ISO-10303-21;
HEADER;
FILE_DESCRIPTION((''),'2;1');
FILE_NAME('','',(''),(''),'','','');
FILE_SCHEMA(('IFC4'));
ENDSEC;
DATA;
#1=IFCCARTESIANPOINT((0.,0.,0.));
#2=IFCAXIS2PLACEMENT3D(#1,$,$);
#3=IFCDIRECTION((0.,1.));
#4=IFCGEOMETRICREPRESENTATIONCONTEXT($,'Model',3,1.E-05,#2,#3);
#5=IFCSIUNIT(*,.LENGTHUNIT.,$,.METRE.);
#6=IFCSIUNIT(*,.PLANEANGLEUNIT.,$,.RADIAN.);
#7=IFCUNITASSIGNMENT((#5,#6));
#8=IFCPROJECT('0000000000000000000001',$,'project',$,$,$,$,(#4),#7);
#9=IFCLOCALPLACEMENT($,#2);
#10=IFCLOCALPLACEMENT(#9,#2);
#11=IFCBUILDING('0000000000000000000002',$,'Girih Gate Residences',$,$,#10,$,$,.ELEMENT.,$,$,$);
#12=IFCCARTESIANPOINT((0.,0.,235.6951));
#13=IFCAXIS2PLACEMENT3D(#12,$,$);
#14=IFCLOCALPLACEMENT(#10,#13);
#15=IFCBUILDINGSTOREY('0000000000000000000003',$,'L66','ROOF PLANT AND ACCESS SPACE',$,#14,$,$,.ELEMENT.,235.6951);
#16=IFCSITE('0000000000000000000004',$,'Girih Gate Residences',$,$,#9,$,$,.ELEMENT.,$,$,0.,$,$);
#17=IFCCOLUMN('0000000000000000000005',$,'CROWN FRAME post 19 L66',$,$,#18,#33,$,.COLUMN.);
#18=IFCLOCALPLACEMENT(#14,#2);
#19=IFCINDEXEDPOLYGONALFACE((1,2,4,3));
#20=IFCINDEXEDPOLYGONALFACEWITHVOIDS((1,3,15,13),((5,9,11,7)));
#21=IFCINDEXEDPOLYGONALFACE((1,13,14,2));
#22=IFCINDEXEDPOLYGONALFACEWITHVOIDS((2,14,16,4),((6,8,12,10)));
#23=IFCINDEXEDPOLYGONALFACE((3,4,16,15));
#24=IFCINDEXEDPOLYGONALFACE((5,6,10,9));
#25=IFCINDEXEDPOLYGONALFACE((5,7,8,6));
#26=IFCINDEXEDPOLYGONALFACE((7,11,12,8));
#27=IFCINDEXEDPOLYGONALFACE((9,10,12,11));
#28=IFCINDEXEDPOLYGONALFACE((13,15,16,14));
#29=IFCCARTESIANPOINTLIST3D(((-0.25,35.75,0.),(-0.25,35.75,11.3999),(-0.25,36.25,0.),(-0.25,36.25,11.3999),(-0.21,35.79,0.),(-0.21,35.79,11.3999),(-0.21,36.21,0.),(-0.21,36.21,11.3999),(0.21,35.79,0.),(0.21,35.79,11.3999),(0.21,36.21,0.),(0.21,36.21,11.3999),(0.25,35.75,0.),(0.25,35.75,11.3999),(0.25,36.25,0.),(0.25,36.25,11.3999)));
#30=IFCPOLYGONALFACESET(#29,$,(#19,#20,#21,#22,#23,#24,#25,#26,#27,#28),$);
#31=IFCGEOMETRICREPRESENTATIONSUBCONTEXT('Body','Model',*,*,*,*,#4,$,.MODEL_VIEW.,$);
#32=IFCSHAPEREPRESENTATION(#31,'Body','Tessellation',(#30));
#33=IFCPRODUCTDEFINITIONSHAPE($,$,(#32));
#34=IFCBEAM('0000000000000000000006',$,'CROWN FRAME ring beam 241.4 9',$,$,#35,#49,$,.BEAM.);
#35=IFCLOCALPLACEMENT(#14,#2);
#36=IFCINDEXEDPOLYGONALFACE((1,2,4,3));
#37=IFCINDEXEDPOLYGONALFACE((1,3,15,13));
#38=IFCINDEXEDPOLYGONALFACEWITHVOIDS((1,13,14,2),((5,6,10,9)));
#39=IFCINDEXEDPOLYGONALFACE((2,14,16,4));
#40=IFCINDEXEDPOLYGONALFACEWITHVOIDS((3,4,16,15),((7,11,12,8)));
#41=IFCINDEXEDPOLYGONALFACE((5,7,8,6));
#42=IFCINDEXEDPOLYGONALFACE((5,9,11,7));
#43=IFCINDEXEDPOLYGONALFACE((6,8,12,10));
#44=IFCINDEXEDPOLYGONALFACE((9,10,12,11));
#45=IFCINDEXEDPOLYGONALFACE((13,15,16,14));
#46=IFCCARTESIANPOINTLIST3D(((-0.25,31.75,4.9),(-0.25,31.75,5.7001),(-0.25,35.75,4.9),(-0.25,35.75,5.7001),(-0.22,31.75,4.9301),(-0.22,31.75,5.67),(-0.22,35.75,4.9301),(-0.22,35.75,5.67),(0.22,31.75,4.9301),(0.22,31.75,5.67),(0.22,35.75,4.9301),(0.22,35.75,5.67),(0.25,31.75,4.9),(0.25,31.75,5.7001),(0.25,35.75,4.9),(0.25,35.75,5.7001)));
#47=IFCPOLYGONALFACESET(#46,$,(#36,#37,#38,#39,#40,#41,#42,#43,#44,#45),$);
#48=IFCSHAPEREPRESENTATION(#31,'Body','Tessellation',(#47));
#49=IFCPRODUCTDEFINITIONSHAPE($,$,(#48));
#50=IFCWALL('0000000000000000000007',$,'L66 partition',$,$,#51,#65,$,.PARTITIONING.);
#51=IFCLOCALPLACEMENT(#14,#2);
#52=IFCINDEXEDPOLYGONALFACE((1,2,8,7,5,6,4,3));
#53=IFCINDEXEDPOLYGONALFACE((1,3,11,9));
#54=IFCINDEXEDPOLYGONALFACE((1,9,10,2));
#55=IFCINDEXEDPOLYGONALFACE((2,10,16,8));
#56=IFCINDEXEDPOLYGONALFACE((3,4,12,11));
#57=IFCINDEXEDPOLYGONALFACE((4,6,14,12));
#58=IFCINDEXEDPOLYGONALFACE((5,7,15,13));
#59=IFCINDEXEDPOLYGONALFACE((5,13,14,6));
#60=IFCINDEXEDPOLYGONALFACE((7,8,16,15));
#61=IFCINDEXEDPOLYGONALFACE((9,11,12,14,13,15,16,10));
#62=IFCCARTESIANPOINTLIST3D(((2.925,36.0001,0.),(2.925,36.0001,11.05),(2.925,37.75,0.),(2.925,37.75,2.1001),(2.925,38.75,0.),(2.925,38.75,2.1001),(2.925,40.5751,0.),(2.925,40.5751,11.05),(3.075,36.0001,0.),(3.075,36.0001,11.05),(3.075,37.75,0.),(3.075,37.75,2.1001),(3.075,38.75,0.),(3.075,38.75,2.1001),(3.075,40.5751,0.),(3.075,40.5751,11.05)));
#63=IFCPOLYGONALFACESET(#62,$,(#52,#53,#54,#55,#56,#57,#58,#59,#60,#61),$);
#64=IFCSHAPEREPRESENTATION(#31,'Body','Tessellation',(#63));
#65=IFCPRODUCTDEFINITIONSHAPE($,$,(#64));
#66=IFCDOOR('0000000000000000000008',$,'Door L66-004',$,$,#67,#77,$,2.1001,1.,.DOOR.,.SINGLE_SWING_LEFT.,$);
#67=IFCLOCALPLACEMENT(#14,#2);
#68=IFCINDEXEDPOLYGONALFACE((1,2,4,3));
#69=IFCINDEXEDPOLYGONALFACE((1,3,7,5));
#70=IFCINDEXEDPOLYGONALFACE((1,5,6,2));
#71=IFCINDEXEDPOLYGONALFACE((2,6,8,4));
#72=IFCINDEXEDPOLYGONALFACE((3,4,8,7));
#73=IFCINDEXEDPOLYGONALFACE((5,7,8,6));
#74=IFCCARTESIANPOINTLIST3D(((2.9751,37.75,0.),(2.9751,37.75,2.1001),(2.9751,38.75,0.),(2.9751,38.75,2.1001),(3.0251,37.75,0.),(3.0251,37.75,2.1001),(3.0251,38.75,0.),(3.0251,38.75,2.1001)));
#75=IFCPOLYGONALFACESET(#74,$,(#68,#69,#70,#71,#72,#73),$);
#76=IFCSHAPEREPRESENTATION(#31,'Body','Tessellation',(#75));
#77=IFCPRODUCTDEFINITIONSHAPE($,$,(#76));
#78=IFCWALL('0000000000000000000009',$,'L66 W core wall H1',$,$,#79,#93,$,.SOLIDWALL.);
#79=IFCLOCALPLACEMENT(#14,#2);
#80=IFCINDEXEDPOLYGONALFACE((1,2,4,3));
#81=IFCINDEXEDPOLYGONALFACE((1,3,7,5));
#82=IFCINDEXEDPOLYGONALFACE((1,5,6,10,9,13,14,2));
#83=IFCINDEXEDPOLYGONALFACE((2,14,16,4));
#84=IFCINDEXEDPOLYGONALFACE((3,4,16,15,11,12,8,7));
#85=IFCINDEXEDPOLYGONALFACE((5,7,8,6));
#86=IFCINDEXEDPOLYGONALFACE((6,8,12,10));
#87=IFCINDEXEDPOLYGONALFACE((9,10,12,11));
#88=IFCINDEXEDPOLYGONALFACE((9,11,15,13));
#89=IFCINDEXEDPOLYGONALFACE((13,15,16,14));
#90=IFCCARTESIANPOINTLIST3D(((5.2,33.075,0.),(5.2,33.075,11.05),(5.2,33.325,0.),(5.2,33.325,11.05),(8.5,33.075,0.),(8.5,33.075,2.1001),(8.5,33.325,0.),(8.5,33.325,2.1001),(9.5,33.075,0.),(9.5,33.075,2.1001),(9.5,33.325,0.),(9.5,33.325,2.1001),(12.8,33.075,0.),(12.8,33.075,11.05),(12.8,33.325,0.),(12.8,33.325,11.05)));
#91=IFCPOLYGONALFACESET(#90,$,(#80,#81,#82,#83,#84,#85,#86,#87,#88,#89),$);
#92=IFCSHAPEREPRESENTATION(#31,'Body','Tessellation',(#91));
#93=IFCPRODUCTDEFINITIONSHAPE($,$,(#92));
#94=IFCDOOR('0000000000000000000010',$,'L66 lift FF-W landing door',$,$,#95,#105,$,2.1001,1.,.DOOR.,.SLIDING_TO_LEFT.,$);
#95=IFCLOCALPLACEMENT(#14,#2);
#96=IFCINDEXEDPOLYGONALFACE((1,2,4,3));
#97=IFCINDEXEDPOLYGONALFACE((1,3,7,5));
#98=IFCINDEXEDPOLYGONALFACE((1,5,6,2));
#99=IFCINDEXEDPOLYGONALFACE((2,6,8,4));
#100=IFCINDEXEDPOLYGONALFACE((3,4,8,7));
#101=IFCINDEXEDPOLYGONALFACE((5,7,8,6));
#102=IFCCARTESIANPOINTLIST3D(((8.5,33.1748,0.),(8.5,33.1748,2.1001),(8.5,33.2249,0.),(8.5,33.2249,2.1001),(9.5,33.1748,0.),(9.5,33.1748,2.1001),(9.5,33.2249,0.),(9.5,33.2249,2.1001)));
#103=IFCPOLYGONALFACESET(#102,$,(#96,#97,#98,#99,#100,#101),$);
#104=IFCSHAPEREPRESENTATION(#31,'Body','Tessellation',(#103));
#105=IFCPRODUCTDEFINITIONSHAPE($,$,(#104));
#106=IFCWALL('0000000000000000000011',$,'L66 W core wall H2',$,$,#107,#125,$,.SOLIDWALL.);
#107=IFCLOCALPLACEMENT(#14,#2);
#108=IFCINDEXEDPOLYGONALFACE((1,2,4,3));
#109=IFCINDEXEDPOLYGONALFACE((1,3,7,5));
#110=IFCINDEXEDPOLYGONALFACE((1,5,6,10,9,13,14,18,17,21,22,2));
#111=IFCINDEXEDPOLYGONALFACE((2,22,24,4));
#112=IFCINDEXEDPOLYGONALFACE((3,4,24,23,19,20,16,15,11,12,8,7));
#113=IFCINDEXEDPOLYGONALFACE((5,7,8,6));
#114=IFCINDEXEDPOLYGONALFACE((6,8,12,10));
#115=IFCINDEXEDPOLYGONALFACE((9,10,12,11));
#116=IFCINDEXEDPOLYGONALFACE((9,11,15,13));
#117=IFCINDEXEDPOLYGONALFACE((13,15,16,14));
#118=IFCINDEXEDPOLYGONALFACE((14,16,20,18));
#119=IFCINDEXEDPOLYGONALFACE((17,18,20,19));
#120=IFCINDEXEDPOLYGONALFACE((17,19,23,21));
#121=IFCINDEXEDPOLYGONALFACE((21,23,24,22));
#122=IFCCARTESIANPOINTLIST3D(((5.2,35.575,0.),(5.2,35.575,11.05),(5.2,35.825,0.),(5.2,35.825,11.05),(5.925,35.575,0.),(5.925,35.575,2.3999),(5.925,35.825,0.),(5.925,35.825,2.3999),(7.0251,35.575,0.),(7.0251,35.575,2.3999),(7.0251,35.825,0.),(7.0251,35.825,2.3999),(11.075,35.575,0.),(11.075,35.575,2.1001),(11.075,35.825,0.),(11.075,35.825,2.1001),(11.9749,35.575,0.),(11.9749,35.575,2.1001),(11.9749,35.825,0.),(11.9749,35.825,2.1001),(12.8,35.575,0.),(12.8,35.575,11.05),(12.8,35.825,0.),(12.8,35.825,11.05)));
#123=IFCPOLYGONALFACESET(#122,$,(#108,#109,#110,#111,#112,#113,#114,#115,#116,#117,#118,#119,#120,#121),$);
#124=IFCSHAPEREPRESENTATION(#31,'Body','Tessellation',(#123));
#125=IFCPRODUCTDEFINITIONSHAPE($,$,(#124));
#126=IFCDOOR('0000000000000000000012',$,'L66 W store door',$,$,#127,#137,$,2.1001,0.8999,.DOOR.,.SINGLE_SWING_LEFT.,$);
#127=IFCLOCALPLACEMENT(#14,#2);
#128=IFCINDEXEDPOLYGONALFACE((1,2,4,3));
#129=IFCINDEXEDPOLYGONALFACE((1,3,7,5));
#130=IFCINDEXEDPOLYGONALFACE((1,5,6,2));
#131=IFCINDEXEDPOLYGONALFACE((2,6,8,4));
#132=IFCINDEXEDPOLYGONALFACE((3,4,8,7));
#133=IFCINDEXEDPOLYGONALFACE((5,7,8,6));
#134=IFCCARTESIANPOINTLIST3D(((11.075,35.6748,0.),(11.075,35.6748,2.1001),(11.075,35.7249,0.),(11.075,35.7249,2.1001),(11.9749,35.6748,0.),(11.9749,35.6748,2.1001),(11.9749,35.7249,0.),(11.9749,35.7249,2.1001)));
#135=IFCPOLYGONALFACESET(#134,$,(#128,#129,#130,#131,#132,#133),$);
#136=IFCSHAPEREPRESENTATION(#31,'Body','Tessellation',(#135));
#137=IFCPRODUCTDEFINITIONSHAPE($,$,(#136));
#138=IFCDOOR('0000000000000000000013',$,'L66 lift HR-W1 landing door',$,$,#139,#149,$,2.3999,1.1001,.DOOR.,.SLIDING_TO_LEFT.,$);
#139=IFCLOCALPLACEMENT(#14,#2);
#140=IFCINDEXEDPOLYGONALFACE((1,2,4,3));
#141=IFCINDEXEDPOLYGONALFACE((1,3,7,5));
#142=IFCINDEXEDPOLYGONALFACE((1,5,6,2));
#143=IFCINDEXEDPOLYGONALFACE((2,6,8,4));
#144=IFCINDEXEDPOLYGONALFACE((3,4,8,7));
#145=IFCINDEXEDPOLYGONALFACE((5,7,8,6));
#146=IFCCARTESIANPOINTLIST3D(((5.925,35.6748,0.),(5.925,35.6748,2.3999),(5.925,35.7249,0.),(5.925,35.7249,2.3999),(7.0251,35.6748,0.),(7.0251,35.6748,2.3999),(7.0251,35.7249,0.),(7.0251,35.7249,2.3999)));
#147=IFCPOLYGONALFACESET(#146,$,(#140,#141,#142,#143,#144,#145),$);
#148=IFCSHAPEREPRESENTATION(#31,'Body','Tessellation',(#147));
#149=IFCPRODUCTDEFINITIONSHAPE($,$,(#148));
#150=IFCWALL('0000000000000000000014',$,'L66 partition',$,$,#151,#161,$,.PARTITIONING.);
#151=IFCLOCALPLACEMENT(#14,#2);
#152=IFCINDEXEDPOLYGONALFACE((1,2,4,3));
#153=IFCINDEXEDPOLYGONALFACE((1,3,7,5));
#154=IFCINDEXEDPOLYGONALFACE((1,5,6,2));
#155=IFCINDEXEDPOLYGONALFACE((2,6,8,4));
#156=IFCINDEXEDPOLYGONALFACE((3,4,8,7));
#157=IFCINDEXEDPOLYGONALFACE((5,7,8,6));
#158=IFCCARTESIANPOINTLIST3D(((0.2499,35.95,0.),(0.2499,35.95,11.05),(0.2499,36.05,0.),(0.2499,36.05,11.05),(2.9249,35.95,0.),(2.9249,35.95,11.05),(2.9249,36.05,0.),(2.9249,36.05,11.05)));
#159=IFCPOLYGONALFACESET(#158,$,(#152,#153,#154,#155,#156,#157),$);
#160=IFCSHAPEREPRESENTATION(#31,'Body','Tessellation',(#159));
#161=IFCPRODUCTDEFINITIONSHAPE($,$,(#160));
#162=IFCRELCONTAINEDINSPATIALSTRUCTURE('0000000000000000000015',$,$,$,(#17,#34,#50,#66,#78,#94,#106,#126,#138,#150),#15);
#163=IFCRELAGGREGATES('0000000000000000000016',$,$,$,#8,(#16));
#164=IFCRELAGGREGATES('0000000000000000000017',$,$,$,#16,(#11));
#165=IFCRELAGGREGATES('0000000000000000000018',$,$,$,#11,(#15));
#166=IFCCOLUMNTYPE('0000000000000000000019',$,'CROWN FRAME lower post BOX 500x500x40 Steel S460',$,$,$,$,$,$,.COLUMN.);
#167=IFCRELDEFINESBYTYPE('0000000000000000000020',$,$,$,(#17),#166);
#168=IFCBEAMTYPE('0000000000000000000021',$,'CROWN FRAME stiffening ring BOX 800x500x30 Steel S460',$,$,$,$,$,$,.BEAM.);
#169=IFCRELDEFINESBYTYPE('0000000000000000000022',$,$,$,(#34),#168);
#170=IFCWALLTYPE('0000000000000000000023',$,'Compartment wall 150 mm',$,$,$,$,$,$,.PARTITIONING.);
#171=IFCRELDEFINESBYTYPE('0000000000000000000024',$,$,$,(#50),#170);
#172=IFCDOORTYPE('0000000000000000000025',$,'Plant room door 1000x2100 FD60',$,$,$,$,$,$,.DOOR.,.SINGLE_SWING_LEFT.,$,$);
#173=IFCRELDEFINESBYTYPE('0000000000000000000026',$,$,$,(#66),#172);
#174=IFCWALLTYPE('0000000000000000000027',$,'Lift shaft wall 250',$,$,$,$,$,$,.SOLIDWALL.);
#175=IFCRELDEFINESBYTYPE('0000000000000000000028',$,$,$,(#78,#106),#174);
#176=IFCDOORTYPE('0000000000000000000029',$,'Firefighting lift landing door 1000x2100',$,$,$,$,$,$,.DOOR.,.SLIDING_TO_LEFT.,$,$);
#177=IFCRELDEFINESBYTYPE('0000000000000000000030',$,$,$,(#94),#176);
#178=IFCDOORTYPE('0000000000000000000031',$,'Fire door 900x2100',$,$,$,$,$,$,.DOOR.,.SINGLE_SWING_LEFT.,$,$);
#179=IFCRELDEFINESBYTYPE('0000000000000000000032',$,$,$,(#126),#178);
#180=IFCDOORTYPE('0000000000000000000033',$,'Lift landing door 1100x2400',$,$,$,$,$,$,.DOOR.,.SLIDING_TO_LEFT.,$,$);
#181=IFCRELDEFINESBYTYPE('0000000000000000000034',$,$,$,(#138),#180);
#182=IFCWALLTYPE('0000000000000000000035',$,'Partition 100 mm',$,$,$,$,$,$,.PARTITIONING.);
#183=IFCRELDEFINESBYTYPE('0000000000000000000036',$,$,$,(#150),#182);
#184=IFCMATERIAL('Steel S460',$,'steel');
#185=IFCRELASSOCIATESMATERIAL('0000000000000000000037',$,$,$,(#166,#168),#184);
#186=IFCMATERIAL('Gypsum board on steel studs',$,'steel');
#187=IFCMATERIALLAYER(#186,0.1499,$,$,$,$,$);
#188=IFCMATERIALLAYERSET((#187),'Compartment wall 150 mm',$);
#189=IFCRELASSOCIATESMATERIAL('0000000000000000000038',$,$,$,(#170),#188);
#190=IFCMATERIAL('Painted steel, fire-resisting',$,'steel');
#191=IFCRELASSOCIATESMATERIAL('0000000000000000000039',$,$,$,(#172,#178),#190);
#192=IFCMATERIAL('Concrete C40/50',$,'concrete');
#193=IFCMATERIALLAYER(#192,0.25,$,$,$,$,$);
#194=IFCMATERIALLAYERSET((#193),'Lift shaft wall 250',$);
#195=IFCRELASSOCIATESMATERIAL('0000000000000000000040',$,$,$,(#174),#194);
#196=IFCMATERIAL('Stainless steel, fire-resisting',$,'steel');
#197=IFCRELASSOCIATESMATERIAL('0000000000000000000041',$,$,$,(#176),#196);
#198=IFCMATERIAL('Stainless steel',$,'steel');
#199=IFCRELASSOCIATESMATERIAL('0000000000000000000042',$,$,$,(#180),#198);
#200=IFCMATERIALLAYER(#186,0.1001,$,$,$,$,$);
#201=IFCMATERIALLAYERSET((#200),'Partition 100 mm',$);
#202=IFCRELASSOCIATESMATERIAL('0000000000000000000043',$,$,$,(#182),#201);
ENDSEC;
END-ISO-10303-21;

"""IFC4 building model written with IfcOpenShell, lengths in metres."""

from ifc_helpers import new_model, si_unit, direction, frame, frame_2d, origin, origin_2d, place, context, subcontext, project, spatial, rectangle, hollow_rectangle, extrude, material, layer, layer_set, material_profile, profile_set, type_object, element, fill, save


model = new_model("IFC4")

# Units and contexts
model_context = context("Model", 3, precision=1e-05, world=origin(), true_north=direction((0.0, 1.0)))
body_context = subcontext(model_context, "Body", "Model", "MODEL_VIEW")
ifc_project = project(units=[si_unit("LENGTHUNIT", "METRE"), si_unit("PLANEANGLEUNIT", "RADIAN")], contexts=[model_context])

# Site, building, storey
site_placement = place(None, origin())
site = spatial("IfcSite", under=ifc_project, at=site_placement, Name="Girih Gate Residences", CompositionType="ELEMENT", RefElevation=0.0)
building_placement = place(site_placement, origin())
building = spatial("IfcBuilding", under=site, at=building_placement, Name="Girih Gate Residences", CompositionType="ELEMENT")
storey_placement = place(building_placement, frame((0.0, 0.0, 235.6951)))
storey = spatial("IfcBuildingStorey", under=building, at=storey_placement, Name="L66", Description="ROOF PLANT AND ACCESS SPACE", CompositionType="ELEMENT", Elevation=235.6951)

# Column
ifc_material_1 = material(Name="Steel S460", Category="steel")
ifc_material_profile_1 = material_profile(ifc_material_1, hollow_rectangle(XDim=0.5, YDim=0.5, WallThickness=0.04, at=origin_2d()))
ifc_profile_set_1 = profile_set([ifc_material_profile_1], Name="Steel S460")
column_type = type_object("IfcColumnType", Name="CROWN FRAME lower post BOX 500x500x40 Steel S460", PredefinedType="COLUMN", material=ifc_profile_set_1)
column_placement = place(storey_placement, frame((0.0, 36.0, 0.0), z_axis=(0.0, 0.0, 1.0), x_axis=(1.0, 0.0, 0.0)))
element("IfcColumn", 1, at=column_placement, inside=storey, type_object=column_type, Name="CROWN FRAME post 19 L66", PredefinedType="COLUMN", context=body_context, shape_type="SweptSolid", body=[
    extrude(hollow_rectangle(XDim=0.5, YDim=0.5, WallThickness=0.04, at=origin_2d()), origin(), (0.0, 0.0, 1.0), 11.3999),
])

# Beam
ifc_material_profile_2 = material_profile(ifc_material_1, hollow_rectangle(XDim=0.5, YDim=0.8, WallThickness=0.03, at=origin_2d()))
ifc_profile_set_2 = profile_set([ifc_material_profile_2], Name="Steel S460")
beam_type = type_object("IfcBeamType", Name="CROWN FRAME stiffening ring BOX 800x500x30 Steel S460", PredefinedType="BEAM", material=ifc_profile_set_2)
beam_placement = place(storey_placement, frame((0.0, 35.75, 5.3), z_axis=(0.0, -1.0, 0.0), x_axis=(1.0, 0.0, 0.0)))
element("IfcBeam", 2, at=beam_placement, inside=storey, type_object=beam_type, Name="CROWN FRAME ring beam 241.4 9", PredefinedType="BEAM", context=body_context, shape_type="SweptSolid", body=[
    extrude(hollow_rectangle(XDim=0.5, YDim=0.8, WallThickness=0.03, at=origin_2d()), origin(), (0.0, 0.0, 1.0), 4.0),
])

# Walls, openings, doors
ifc_material_2 = material(Name="Gypsum board on steel studs", Category="steel")
ifc_layer_1 = layer(ifc_material_2, 0.1499)
ifc_layer_set_1 = layer_set([ifc_layer_1], Name="Compartment wall 150 mm")
wall_type_1 = type_object("IfcWallType", Name="Compartment wall 150 mm", PredefinedType="PARTITIONING", material=ifc_layer_set_1)
wall_1_placement = place(storey_placement, frame((3.0, 36.0, 0.0), z_axis=(0.0, 0.0, 1.0), x_axis=(0.0, 1.0, 0.0)))
wall_1 = element("IfcWall", 3, at=wall_1_placement, inside=storey, type_object=wall_type_1, Name="L66 partition", PredefinedType="PARTITIONING", context=body_context, shape_type="SweptSolid", body=[
    extrude(rectangle(XDim=4.575, YDim=0.1499, at=frame_2d((2.2876, 0.0))), origin(), (0.0, 0.0, 1.0), 11.05),
])
opening_1_placement = place(wall_1_placement, frame((1.75, 0.0, 0.0)))
opening_1 = element("IfcOpeningElement", 4, at=opening_1_placement, cuts=wall_1, PredefinedType="OPENING", context=body_context, shape_type="SweptSolid", body=[
    extrude(rectangle(XDim=1.0, YDim=2.1001, at=frame_2d((0.5, 1.05))), frame((0.0, 0.085, 0.0), z_axis=(0.0, -1.0, 0.0), x_axis=(1.0, 0.0, 0.0)), (0.0, 0.0, 1.0), 0.1699),
])
ifc_material_3 = material(Name="Painted steel, fire-resisting", Category="steel")
door_type_1 = type_object("IfcDoorType", Name="Plant room door 1000x2100 FD60", OperationType="SINGLE_SWING_LEFT", PredefinedType="DOOR", material=ifc_material_3)
door_1_placement = place(opening_1_placement, origin())
door_1 = element("IfcDoor", 5, at=door_1_placement, inside=storey, type_object=door_type_1, Name="Door L66-004", OperationType="SINGLE_SWING_LEFT", OverallHeight=2.1001, OverallWidth=1.0, PredefinedType="DOOR", context=body_context, shape_type="SweptSolid", body=[
    extrude(rectangle(XDim=1.0, YDim=2.1001, at=frame_2d((0.5, 1.05))), frame((0.0, 0.0249, 0.0), z_axis=(0.0, -1.0, 0.0), x_axis=(1.0, 0.0, 0.0)), (0.0, 0.0, 1.0), 0.05),
])
fill(opening_1, door_1)
ifc_material_4 = material(Name="Concrete C40/50", Category="concrete")
ifc_layer_2 = layer(ifc_material_4, 0.25)
ifc_layer_set_2 = layer_set([ifc_layer_2], Name="Lift shaft wall 250")
wall_type_2 = type_object("IfcWallType", Name="Lift shaft wall 250", PredefinedType="SOLIDWALL", material=ifc_layer_set_2)
wall_2_placement = place(storey_placement, frame((5.2, 33.2, 0.0), z_axis=(0.0, 0.0, 1.0), x_axis=(1.0, 0.0, 0.0)))
wall_2 = element("IfcWall", 6, at=wall_2_placement, inside=storey, type_object=wall_type_2, Name="L66 W core wall H1", PredefinedType="SOLIDWALL", context=body_context, shape_type="SweptSolid", body=[
    extrude(rectangle(XDim=7.6001, YDim=0.25, at=frame_2d((3.8, 0.0))), origin(), (0.0, 0.0, 1.0), 11.05),
])
opening_2_placement = place(wall_2_placement, frame((3.3, 0.0, 0.0)))
opening_2 = element("IfcOpeningElement", 7, at=opening_2_placement, cuts=wall_2, PredefinedType="OPENING", context=body_context, shape_type="SweptSolid", body=[
    extrude(rectangle(XDim=1.0, YDim=2.1001, at=frame_2d((0.5, 1.05))), frame((0.0, 0.135, 0.0), z_axis=(0.0, -1.0, 0.0), x_axis=(1.0, 0.0, 0.0)), (0.0, 0.0, 1.0), 0.27),
])
ifc_material_5 = material(Name="Stainless steel, fire-resisting", Category="steel")
door_type_2 = type_object("IfcDoorType", Name="Firefighting lift landing door 1000x2100", OperationType="SLIDING_TO_LEFT", PredefinedType="DOOR", material=ifc_material_5)
door_2_placement = place(opening_2_placement, origin())
door_2 = element("IfcDoor", 8, at=door_2_placement, inside=storey, type_object=door_type_2, Name="L66 lift FF-W landing door", OperationType="SLIDING_TO_LEFT", OverallHeight=2.1001, OverallWidth=1.0, PredefinedType="DOOR", context=body_context, shape_type="SweptSolid", body=[
    extrude(rectangle(XDim=1.0, YDim=2.1001, at=frame_2d((0.5, 1.05))), frame((0.0, 0.0249, 0.0), z_axis=(0.0, -1.0, 0.0), x_axis=(1.0, 0.0, 0.0)), (0.0, 0.0, 1.0), 0.05),
])
fill(opening_2, door_2)

# Wall, openings, doors
wall_3_placement = place(storey_placement, frame((5.2, 35.7, 0.0), z_axis=(0.0, 0.0, 1.0), x_axis=(1.0, 0.0, 0.0)))
wall_3 = element("IfcWall", 9, at=wall_3_placement, inside=storey, type_object=wall_type_2, Name="L66 W core wall H2", PredefinedType="SOLIDWALL", context=body_context, shape_type="SweptSolid", body=[
    extrude(rectangle(XDim=7.6001, YDim=0.25, at=frame_2d((3.8, 0.0))), origin(), (0.0, 0.0, 1.0), 11.05),
])
opening_3_placement = place(wall_3_placement, frame((0.7251, 0.0, 0.0)))
opening_3 = element("IfcOpeningElement", 10, at=opening_3_placement, cuts=wall_3, PredefinedType="OPENING", context=body_context, shape_type="SweptSolid", body=[
    extrude(rectangle(XDim=1.1001, YDim=2.3999, at=frame_2d((0.55, 1.2))), frame((0.0, 0.135, 0.0), z_axis=(0.0, -1.0, 0.0), x_axis=(1.0, 0.0, 0.0)), (0.0, 0.0, 1.0), 0.27),
])
opening_4_placement = place(wall_3_placement, frame((5.875, 0.0, 0.0)))
opening_4 = element("IfcOpeningElement", 11, at=opening_4_placement, cuts=wall_3, PredefinedType="OPENING", context=body_context, shape_type="SweptSolid", body=[
    extrude(rectangle(XDim=0.8999, YDim=2.1001, at=frame_2d((0.45, 1.05))), frame((0.0, 0.135, 0.0), z_axis=(0.0, -1.0, 0.0), x_axis=(1.0, 0.0, 0.0)), (0.0, 0.0, 1.0), 0.27),
])
door_type_3 = type_object("IfcDoorType", Name="Fire door 900x2100", OperationType="SINGLE_SWING_LEFT", PredefinedType="DOOR", material=ifc_material_3)
door_3_placement = place(opening_4_placement, origin())
door_3 = element("IfcDoor", 12, at=door_3_placement, inside=storey, type_object=door_type_3, Name="L66 W store door", OperationType="SINGLE_SWING_LEFT", OverallHeight=2.1001, OverallWidth=0.8999, PredefinedType="DOOR", context=body_context, shape_type="SweptSolid", body=[
    extrude(rectangle(XDim=0.8999, YDim=2.1001, at=frame_2d((0.45, 1.05))), frame((0.0, 0.0249, 0.0), z_axis=(0.0, -1.0, 0.0), x_axis=(1.0, 0.0, 0.0)), (0.0, 0.0, 1.0), 0.05),
])
fill(opening_4, door_3)
ifc_material_6 = material(Name="Stainless steel", Category="steel")
door_type_4 = type_object("IfcDoorType", Name="Lift landing door 1100x2400", OperationType="SLIDING_TO_LEFT", PredefinedType="DOOR", material=ifc_material_6)
door_4_placement = place(opening_3_placement, origin())
door_4 = element("IfcDoor", 13, at=door_4_placement, inside=storey, type_object=door_type_4, Name="L66 lift HR-W1 landing door", OperationType="SLIDING_TO_LEFT", OverallHeight=2.3999, OverallWidth=1.1001, PredefinedType="DOOR", context=body_context, shape_type="SweptSolid", body=[
    extrude(rectangle(XDim=1.1001, YDim=2.3999, at=frame_2d((0.55, 1.2))), frame((0.0, 0.0249, 0.0), z_axis=(0.0, -1.0, 0.0), x_axis=(1.0, 0.0, 0.0)), (0.0, 0.0, 1.0), 0.05),
])
fill(opening_3, door_4)

# Wall
ifc_layer_3 = layer(ifc_material_2, 0.1001)
ifc_layer_set_3 = layer_set([ifc_layer_3], Name="Partition 100 mm")
wall_type_3 = type_object("IfcWallType", Name="Partition 100 mm", PredefinedType="PARTITIONING", material=ifc_layer_set_3)
wall_4_placement = place(storey_placement, frame((0.25, 36.0, 0.0), z_axis=(0.0, 0.0, 1.0), x_axis=(1.0, 0.0, 0.0)))
element("IfcWall", 14, at=wall_4_placement, inside=storey, type_object=wall_type_3, Name="L66 partition", PredefinedType="PARTITIONING", context=body_context, shape_type="SweptSolid", body=[
    extrude(rectangle(XDim=2.675, YDim=0.1001, at=frame_2d((1.3374, 0.0))), origin(), (0.0, 0.0, 1.0), 11.05),
])

save(model, "model.ifc")
